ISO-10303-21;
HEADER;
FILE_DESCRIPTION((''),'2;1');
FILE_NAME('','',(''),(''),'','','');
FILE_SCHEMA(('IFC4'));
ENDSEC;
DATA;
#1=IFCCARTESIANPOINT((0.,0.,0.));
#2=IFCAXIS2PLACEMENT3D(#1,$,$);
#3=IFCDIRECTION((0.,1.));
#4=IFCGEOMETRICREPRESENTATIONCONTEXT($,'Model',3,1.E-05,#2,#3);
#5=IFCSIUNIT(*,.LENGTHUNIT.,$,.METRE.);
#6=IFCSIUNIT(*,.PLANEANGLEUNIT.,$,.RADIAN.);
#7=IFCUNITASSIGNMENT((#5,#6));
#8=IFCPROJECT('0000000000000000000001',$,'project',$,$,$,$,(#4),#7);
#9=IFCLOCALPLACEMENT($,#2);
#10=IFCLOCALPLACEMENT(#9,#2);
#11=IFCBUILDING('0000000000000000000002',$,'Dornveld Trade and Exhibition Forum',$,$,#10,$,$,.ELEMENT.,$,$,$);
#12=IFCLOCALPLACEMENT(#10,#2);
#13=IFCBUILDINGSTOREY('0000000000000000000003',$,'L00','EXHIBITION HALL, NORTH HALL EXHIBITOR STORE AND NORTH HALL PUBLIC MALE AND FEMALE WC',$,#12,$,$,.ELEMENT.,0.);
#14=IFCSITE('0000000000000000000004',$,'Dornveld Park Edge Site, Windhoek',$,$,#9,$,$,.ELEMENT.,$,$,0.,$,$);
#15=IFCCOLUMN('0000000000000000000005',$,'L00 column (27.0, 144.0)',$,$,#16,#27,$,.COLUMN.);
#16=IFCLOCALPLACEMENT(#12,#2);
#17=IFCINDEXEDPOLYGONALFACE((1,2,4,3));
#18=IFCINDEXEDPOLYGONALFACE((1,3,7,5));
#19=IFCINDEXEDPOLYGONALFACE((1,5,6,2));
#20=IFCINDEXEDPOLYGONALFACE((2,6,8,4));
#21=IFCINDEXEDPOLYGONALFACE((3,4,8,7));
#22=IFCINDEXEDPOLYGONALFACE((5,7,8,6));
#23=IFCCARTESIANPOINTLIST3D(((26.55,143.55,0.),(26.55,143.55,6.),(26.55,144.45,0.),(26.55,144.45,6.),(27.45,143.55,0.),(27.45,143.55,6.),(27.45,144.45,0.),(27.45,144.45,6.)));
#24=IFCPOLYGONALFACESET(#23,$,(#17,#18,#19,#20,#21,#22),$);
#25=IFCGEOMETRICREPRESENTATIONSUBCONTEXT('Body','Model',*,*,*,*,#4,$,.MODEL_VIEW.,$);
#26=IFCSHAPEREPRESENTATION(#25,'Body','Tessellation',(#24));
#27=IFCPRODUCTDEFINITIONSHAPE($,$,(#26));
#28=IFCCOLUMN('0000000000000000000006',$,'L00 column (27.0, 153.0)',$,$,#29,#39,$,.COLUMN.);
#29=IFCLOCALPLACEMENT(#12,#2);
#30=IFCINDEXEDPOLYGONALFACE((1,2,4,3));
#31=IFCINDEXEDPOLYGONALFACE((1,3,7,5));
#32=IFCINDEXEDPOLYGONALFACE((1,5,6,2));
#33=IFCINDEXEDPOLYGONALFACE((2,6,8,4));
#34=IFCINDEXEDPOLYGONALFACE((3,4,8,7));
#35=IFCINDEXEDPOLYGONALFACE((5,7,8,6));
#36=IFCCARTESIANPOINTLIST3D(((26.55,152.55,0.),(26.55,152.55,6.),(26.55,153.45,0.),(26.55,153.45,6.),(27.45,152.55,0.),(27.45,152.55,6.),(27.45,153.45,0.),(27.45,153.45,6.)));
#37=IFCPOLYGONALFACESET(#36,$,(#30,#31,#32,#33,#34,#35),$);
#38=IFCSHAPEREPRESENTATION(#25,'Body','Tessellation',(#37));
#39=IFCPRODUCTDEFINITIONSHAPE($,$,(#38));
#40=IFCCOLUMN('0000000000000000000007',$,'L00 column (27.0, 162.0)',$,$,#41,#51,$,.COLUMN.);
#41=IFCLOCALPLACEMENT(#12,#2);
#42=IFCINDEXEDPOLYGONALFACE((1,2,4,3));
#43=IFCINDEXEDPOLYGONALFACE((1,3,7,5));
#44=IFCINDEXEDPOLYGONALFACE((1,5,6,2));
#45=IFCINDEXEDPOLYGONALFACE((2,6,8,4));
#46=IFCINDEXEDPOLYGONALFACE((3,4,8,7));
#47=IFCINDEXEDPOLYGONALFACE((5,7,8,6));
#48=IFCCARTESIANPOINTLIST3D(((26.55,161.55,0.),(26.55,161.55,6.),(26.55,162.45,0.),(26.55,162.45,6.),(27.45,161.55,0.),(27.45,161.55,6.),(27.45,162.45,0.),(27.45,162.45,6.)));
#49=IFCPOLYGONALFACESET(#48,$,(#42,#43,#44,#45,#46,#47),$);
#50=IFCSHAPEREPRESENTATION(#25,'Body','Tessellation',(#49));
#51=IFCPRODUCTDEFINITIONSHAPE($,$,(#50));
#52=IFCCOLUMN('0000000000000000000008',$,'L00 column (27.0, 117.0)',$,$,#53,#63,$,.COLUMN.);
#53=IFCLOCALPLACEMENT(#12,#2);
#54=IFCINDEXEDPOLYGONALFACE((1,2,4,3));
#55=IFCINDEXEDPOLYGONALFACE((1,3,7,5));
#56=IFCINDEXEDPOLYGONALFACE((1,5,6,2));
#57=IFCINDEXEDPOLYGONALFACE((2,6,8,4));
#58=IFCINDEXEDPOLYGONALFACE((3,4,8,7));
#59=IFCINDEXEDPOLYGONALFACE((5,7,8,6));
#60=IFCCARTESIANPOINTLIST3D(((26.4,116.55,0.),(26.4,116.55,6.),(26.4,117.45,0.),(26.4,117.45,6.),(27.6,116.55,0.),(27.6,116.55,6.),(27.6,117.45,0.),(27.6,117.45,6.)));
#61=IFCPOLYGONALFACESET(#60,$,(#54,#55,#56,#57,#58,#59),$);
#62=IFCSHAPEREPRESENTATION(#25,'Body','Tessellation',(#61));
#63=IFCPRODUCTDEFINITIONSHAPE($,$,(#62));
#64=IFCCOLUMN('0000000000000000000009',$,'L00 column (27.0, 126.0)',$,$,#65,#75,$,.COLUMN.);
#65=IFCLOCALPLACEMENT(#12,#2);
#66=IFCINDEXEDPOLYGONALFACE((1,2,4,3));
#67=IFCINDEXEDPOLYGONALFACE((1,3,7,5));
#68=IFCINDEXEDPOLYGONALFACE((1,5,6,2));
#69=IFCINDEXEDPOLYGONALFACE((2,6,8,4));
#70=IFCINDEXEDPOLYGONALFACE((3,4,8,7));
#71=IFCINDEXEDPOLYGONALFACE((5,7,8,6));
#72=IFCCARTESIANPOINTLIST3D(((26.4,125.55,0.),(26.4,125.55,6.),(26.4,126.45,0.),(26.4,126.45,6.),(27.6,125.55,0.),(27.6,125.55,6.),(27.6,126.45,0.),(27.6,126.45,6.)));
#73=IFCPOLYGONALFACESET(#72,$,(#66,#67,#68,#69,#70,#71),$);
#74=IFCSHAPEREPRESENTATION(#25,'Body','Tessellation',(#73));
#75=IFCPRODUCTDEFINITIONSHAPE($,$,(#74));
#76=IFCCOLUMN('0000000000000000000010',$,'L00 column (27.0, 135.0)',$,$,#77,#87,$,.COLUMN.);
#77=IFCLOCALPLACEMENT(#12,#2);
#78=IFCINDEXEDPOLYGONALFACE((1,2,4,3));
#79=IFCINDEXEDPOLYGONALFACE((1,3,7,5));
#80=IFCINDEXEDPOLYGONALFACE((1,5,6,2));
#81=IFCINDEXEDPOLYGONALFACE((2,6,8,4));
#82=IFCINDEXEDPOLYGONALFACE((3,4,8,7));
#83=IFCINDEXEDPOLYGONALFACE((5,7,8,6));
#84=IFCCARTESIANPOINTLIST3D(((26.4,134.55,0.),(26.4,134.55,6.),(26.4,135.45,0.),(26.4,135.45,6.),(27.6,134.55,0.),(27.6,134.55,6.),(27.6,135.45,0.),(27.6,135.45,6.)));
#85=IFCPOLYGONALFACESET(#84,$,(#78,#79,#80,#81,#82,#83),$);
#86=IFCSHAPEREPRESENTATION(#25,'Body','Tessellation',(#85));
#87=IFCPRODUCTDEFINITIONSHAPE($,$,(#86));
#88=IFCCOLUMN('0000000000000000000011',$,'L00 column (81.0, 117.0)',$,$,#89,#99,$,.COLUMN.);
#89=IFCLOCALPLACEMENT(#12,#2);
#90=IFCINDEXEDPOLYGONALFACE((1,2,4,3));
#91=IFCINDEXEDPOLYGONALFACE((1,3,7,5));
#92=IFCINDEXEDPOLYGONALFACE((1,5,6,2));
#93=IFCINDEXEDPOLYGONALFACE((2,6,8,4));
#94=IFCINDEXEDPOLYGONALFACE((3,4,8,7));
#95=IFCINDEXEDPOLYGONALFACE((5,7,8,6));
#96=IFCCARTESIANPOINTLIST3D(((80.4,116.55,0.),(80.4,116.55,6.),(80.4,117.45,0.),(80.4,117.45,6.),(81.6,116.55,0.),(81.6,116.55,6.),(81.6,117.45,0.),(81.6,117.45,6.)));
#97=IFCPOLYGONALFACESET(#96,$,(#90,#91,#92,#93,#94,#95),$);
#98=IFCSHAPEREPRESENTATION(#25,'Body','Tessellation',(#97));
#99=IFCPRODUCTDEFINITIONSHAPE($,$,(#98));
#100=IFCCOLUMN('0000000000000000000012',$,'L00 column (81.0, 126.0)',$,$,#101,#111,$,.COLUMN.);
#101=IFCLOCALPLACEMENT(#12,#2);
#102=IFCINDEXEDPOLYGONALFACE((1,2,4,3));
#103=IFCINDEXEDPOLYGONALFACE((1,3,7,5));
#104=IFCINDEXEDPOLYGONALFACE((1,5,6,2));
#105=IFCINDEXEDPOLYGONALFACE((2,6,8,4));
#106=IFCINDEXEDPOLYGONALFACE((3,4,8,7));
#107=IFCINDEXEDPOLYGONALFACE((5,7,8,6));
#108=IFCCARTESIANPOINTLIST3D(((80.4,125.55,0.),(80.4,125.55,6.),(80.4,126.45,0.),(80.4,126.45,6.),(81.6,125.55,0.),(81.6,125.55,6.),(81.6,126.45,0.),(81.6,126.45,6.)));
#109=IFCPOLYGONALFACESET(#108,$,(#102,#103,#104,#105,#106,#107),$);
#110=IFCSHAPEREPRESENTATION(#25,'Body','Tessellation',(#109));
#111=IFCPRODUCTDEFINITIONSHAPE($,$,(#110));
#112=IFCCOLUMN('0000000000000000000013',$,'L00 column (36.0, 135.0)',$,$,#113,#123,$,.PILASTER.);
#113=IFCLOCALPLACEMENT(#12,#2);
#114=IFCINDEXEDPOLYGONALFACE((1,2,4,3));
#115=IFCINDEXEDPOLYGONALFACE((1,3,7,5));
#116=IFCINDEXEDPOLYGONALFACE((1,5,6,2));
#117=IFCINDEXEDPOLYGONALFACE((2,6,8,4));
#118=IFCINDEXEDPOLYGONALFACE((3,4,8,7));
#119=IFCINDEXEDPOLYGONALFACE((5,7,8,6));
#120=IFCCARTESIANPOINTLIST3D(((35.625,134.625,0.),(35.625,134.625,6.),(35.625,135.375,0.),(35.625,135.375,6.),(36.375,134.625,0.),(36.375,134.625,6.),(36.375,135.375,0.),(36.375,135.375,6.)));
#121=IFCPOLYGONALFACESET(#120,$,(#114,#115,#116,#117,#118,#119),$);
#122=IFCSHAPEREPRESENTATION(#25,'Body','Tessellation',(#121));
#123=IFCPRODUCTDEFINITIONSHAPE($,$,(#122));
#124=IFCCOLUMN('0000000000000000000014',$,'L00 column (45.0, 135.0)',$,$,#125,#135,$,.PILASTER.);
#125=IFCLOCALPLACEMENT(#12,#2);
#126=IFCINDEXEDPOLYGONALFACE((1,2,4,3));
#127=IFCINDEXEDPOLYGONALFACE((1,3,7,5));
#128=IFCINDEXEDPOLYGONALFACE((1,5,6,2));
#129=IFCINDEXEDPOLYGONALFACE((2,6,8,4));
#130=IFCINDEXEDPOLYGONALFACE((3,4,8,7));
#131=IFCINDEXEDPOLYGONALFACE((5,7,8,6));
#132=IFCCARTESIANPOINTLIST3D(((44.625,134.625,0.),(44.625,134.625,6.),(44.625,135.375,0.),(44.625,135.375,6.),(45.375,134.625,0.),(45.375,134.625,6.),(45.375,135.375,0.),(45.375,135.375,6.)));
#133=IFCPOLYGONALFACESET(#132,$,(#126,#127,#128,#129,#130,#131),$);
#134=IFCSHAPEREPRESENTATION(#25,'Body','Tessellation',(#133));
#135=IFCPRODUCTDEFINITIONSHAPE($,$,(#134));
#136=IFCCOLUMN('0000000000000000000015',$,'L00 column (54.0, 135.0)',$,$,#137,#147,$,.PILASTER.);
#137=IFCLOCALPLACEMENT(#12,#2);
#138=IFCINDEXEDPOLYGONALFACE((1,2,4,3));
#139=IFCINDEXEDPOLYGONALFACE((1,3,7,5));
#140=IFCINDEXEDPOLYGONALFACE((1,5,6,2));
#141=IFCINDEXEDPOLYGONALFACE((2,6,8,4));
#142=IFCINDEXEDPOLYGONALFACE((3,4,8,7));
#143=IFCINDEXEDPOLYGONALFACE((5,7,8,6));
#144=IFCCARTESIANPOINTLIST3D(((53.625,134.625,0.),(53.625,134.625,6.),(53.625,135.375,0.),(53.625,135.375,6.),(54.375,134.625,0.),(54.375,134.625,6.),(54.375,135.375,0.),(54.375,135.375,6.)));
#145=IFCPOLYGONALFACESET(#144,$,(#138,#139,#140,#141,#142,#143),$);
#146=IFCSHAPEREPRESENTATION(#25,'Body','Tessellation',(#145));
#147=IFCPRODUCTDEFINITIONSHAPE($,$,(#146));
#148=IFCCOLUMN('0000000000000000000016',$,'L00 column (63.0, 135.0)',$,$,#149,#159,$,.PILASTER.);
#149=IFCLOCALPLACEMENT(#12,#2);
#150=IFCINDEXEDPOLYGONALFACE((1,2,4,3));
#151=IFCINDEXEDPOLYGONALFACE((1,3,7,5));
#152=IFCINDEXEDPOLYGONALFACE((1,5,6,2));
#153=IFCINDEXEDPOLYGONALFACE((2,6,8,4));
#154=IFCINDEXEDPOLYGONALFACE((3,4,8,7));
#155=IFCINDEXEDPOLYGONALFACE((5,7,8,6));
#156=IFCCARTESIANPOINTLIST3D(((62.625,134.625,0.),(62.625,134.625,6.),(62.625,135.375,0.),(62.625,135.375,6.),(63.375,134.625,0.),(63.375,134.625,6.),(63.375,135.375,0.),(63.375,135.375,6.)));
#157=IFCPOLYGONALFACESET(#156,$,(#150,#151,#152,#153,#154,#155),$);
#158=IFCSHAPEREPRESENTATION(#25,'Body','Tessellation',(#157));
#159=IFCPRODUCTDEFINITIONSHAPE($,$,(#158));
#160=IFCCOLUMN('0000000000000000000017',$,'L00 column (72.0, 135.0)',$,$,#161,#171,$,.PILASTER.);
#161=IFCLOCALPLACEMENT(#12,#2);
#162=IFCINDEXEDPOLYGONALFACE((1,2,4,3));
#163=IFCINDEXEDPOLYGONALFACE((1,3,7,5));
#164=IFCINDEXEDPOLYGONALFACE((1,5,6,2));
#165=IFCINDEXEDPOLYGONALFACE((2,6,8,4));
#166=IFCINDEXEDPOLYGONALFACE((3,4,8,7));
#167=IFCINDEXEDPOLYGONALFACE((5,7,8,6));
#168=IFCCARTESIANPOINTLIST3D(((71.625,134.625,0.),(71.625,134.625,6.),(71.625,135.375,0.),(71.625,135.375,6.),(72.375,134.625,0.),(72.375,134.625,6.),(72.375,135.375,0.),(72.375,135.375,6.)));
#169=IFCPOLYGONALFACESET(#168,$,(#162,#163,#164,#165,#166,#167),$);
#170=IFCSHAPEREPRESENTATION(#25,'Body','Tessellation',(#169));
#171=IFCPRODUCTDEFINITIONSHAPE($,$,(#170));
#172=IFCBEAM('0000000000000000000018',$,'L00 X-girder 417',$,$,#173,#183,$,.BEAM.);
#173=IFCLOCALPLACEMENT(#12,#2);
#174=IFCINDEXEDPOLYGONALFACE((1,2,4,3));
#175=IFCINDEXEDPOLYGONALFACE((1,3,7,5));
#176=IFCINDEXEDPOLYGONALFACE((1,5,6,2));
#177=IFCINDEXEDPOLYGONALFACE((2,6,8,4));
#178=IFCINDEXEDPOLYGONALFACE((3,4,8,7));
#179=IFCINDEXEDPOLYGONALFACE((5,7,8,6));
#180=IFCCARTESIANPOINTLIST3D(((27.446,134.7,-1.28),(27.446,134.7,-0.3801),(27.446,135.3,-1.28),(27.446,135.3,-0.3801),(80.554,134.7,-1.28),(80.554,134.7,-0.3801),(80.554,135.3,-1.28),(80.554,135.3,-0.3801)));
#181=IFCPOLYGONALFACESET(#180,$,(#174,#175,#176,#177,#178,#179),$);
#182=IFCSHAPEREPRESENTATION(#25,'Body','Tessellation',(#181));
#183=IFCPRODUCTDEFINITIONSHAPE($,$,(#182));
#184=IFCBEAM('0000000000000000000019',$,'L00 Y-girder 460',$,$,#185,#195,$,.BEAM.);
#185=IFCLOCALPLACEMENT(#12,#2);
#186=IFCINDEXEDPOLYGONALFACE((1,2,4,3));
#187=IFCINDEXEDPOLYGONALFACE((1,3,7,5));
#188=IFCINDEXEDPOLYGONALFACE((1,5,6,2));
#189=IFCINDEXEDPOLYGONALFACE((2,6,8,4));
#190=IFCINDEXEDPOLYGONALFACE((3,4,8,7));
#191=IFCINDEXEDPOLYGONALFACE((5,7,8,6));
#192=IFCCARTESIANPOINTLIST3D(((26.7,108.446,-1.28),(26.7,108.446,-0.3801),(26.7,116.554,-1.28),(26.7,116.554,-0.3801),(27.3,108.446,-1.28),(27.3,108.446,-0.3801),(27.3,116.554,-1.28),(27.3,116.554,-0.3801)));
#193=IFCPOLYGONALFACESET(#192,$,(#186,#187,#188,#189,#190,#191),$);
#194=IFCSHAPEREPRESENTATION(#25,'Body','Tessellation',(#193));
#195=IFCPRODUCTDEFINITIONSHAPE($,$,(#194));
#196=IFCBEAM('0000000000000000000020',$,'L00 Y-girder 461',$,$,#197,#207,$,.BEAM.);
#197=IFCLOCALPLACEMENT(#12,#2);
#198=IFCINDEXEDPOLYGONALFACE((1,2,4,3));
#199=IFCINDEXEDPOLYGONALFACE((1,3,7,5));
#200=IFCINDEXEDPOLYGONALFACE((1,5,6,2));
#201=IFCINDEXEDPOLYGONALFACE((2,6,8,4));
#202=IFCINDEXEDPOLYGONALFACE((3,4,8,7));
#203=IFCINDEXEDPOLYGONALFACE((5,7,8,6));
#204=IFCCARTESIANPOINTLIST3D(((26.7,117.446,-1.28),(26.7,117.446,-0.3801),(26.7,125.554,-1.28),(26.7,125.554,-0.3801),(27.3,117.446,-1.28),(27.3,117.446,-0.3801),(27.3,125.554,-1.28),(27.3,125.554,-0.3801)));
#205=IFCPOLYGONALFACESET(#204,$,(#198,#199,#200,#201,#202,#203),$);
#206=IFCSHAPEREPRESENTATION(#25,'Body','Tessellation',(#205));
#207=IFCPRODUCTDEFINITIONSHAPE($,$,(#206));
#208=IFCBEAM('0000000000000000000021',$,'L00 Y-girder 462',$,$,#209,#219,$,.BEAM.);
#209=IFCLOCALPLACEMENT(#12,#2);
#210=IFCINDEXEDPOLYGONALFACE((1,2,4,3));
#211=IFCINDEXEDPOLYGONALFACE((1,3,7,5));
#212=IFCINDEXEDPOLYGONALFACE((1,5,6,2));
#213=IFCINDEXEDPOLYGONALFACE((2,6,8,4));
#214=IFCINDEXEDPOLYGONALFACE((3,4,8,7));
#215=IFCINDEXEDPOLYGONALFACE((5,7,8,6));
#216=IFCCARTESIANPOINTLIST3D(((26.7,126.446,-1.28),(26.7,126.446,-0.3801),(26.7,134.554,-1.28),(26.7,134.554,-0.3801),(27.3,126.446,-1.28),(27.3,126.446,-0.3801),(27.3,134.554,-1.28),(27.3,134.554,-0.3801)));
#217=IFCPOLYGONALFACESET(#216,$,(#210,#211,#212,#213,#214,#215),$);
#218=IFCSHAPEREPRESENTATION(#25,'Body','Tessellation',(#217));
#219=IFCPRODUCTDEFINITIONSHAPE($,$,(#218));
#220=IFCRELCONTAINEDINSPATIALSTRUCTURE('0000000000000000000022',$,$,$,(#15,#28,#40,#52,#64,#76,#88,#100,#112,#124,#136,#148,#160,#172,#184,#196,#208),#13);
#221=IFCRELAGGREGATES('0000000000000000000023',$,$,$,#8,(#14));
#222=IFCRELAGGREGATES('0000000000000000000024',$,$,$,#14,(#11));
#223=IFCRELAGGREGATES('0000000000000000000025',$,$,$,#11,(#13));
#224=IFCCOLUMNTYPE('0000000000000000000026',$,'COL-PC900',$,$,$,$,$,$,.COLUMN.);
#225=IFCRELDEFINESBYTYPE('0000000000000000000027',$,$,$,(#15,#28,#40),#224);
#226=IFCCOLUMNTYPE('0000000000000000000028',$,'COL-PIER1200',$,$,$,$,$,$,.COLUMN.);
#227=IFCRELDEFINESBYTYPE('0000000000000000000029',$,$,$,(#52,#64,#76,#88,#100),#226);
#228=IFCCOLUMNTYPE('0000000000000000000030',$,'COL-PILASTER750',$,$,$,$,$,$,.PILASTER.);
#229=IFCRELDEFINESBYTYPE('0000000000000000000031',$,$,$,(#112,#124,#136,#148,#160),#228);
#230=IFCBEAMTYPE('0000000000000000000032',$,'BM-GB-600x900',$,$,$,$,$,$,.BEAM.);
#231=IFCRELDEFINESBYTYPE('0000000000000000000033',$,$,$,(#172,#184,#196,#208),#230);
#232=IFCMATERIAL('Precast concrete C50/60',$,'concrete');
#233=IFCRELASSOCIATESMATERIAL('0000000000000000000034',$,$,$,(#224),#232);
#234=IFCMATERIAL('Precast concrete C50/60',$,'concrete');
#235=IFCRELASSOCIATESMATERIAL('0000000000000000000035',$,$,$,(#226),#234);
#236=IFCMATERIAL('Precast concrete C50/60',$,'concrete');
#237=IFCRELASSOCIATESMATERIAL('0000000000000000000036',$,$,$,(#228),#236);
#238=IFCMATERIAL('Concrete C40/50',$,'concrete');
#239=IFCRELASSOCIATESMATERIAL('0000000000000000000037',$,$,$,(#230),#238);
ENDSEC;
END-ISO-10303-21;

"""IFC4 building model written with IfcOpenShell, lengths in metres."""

from ifc_helpers import new_model, si_unit, direction, frame, origin, origin_2d, place, context, subcontext, project, spatial, rectangle, extrude, material, material_profile, profile_set, type_object, element, save


model = new_model("IFC4")

# Units and contexts
model_context = context("Model", 3, precision=1e-05, world=origin(), true_north=direction((0.0, 1.0)))
body_context = subcontext(model_context, "Body", "Model", "MODEL_VIEW")
ifc_project = project(units=[si_unit("LENGTHUNIT", "METRE"), si_unit("PLANEANGLEUNIT", "RADIAN")], contexts=[model_context])

# Site, building, storey
site_placement = place(None, origin())
site = spatial("IfcSite", under=ifc_project, at=site_placement, Name="Dornveld Park Edge Site, Windhoek", CompositionType="ELEMENT", RefElevation=0.0)
building_placement = place(site_placement, origin())
building = spatial("IfcBuilding", under=site, at=building_placement, Name="Dornveld Trade and Exhibition Forum", CompositionType="ELEMENT")
storey_placement = place(building_placement, origin())
storey = spatial("IfcBuildingStorey", under=building, at=storey_placement, Name="L00", Description="EXHIBITION HALL, NORTH HALL EXHIBITOR STORE AND NORTH HALL PUBLIC MALE AND FEMALE WC", CompositionType="ELEMENT", Elevation=0.0)

# Columns
ifc_material_1 = material(Name="Precast concrete C50/60", Category="concrete")
ifc_material_profile_1 = material_profile(ifc_material_1, rectangle(XDim=0.8999, YDim=0.8999, at=origin_2d()), Name="PC-COL 900x900")
ifc_profile_set_1 = profile_set([ifc_material_profile_1], Name="Precast concrete C50/60")
column_type_1 = type_object("IfcColumnType", Name="COL-PC900", PredefinedType="COLUMN", material=ifc_profile_set_1)
for number, where, z_axis, x_axis, name in (
    (1, (27.0, 144.0, 0.0), (0.0, 0.0, 1.0), (1.0, 0.0, 0.0), "L00 column (27.0, 144.0)"),
    (2, (27.0, 153.0, 0.0), (0.0, 0.0, 1.0), (1.0, 0.0, 0.0), "L00 column (27.0, 153.0)"),
    (3, (27.0, 162.0, 0.0), (0.0, 0.0, 1.0), (1.0, 0.0, 0.0), "L00 column (27.0, 162.0)"),
):
    element("IfcColumn", number, at=place(storey_placement, frame(where, z_axis=z_axis, x_axis=x_axis)), inside=storey, type_object=column_type_1, Name=name, PredefinedType="COLUMN", context=body_context, shape_type="SweptSolid", body=[
        extrude(rectangle(XDim=0.8999, YDim=0.8999, at=origin_2d()), origin(), (0.0, 0.0, 1.0), 6.0),
    ])
ifc_material_2 = material(Name="Precast concrete C50/60", Category="concrete")
ifc_material_profile_2 = material_profile(ifc_material_2, rectangle(XDim=1.2, YDim=0.8999, at=origin_2d()), Name="PC-PIER 1200x900")
ifc_profile_set_2 = profile_set([ifc_material_profile_2], Name="Precast concrete C50/60")
column_type_2 = type_object("IfcColumnType", Name="COL-PIER1200", PredefinedType="COLUMN", material=ifc_profile_set_2)
for number, where, z_axis, x_axis, name in (
    (4, (27.0, 117.0, 0.0), (0.0, 0.0, 1.0), (1.0, 0.0, 0.0), "L00 column (27.0, 117.0)"),
    (5, (27.0, 126.0, 0.0), (0.0, 0.0, 1.0), (1.0, 0.0, 0.0), "L00 column (27.0, 126.0)"),
    (6, (27.0, 135.0, 0.0), (0.0, 0.0, 1.0), (1.0, 0.0, 0.0), "L00 column (27.0, 135.0)"),
    (7, (81.0, 117.0, 0.0), (0.0, 0.0, 1.0), (1.0, 0.0, 0.0), "L00 column (81.0, 117.0)"),
    (8, (81.0, 126.0, 0.0), (0.0, 0.0, 1.0), (1.0, 0.0, 0.0), "L00 column (81.0, 126.0)"),
):
    element("IfcColumn", number, at=place(storey_placement, frame(where, z_axis=z_axis, x_axis=x_axis)), inside=storey, type_object=column_type_2, Name=name, PredefinedType="COLUMN", context=body_context, shape_type="SweptSolid", body=[
        extrude(rectangle(XDim=1.2, YDim=0.8999, at=origin_2d()), origin(), (0.0, 0.0, 1.0), 6.0),
    ])
ifc_material_3 = material(Name="Precast concrete C50/60", Category="concrete")
ifc_material_profile_3 = material_profile(ifc_material_3, rectangle(XDim=0.75, YDim=0.75, at=origin_2d()), Name="PC-COL 750x750")
ifc_profile_set_3 = profile_set([ifc_material_profile_3], Name="Precast concrete C50/60")
column_type_3 = type_object("IfcColumnType", Name="COL-PILASTER750", PredefinedType="PILASTER", material=ifc_profile_set_3)
for number, where, z_axis, x_axis, name in (
    (9, (36.0, 135.0, 0.0), (0.0, 0.0, 1.0), (1.0, 0.0, 0.0), "L00 column (36.0, 135.0)"),
    (10, (45.0, 135.0, 0.0), (0.0, 0.0, 1.0), (1.0, 0.0, 0.0), "L00 column (45.0, 135.0)"),
    (11, (54.0, 135.0, 0.0), (0.0, 0.0, 1.0), (1.0, 0.0, 0.0), "L00 column (54.0, 135.0)"),
    (12, (63.0, 135.0, 0.0), (0.0, 0.0, 1.0), (1.0, 0.0, 0.0), "L00 column (63.0, 135.0)"),
    (13, (72.0, 135.0, 0.0), (0.0, 0.0, 1.0), (1.0, 0.0, 0.0), "L00 column (72.0, 135.0)"),
):
    element("IfcColumn", number, at=place(storey_placement, frame(where, z_axis=z_axis, x_axis=x_axis)), inside=storey, type_object=column_type_3, Name=name, PredefinedType="PILASTER", context=body_context, shape_type="SweptSolid", body=[
        extrude(rectangle(XDim=0.75, YDim=0.75, at=origin_2d()), origin(), (0.0, 0.0, 1.0), 6.0),
    ])

# Beams
ifc_material_4 = material(Name="Concrete C40/50", Category="concrete")
ifc_material_profile_4 = material_profile(ifc_material_4, rectangle(XDim=0.6001, YDim=0.8999, at=origin_2d()), Name="RC-GB 600x900")
ifc_profile_set_4 = profile_set([ifc_material_profile_4], Name="Concrete C40/50")
beam_type_1 = type_object("IfcBeamType", Name="BM-GB-600x900", PredefinedType="BEAM", material=ifc_profile_set_4)
beam_1_placement = place(storey_placement, frame((27.446, 135.0, -0.8301), z_axis=(1.0, 0.0, 0.0), x_axis=(0.0, 1.0, 0.0)))
element("IfcBeam", 14, at=beam_1_placement, inside=storey, type_object=beam_type_1, Name="L00 X-girder 417", PredefinedType="BEAM", context=body_context, shape_type="SweptSolid", body=[
    extrude(rectangle(XDim=0.6001, YDim=0.8999, at=origin_2d()), origin(), (0.0, 0.0, 1.0), 53.1079),
])
for number, where, z_axis, x_axis, name in (
    (15, (27.0, 108.446, -0.8301), (0.0, 1.0, 0.0), (-1.0, 0.0, 0.0), "L00 Y-girder 460"),
    (16, (27.0, 117.446, -0.8301), (0.0, 1.0, 0.0), (-1.0, 0.0, 0.0), "L00 Y-girder 461"),
    (17, (27.0, 126.446, -0.8301), (0.0, 1.0, 0.0), (-1.0, 0.0, 0.0), "L00 Y-girder 462"),
):
    element("IfcBeam", number, at=place(storey_placement, frame(where, z_axis=z_axis, x_axis=x_axis)), inside=storey, type_object=beam_type_1, Name=name, PredefinedType="BEAM", context=body_context, shape_type="SweptSolid", body=[
        extrude(rectangle(XDim=0.6001, YDim=0.8999, at=origin_2d()), origin(), (0.0, 0.0, 1.0), 8.1079),
    ])

save(model, "model.ifc")
